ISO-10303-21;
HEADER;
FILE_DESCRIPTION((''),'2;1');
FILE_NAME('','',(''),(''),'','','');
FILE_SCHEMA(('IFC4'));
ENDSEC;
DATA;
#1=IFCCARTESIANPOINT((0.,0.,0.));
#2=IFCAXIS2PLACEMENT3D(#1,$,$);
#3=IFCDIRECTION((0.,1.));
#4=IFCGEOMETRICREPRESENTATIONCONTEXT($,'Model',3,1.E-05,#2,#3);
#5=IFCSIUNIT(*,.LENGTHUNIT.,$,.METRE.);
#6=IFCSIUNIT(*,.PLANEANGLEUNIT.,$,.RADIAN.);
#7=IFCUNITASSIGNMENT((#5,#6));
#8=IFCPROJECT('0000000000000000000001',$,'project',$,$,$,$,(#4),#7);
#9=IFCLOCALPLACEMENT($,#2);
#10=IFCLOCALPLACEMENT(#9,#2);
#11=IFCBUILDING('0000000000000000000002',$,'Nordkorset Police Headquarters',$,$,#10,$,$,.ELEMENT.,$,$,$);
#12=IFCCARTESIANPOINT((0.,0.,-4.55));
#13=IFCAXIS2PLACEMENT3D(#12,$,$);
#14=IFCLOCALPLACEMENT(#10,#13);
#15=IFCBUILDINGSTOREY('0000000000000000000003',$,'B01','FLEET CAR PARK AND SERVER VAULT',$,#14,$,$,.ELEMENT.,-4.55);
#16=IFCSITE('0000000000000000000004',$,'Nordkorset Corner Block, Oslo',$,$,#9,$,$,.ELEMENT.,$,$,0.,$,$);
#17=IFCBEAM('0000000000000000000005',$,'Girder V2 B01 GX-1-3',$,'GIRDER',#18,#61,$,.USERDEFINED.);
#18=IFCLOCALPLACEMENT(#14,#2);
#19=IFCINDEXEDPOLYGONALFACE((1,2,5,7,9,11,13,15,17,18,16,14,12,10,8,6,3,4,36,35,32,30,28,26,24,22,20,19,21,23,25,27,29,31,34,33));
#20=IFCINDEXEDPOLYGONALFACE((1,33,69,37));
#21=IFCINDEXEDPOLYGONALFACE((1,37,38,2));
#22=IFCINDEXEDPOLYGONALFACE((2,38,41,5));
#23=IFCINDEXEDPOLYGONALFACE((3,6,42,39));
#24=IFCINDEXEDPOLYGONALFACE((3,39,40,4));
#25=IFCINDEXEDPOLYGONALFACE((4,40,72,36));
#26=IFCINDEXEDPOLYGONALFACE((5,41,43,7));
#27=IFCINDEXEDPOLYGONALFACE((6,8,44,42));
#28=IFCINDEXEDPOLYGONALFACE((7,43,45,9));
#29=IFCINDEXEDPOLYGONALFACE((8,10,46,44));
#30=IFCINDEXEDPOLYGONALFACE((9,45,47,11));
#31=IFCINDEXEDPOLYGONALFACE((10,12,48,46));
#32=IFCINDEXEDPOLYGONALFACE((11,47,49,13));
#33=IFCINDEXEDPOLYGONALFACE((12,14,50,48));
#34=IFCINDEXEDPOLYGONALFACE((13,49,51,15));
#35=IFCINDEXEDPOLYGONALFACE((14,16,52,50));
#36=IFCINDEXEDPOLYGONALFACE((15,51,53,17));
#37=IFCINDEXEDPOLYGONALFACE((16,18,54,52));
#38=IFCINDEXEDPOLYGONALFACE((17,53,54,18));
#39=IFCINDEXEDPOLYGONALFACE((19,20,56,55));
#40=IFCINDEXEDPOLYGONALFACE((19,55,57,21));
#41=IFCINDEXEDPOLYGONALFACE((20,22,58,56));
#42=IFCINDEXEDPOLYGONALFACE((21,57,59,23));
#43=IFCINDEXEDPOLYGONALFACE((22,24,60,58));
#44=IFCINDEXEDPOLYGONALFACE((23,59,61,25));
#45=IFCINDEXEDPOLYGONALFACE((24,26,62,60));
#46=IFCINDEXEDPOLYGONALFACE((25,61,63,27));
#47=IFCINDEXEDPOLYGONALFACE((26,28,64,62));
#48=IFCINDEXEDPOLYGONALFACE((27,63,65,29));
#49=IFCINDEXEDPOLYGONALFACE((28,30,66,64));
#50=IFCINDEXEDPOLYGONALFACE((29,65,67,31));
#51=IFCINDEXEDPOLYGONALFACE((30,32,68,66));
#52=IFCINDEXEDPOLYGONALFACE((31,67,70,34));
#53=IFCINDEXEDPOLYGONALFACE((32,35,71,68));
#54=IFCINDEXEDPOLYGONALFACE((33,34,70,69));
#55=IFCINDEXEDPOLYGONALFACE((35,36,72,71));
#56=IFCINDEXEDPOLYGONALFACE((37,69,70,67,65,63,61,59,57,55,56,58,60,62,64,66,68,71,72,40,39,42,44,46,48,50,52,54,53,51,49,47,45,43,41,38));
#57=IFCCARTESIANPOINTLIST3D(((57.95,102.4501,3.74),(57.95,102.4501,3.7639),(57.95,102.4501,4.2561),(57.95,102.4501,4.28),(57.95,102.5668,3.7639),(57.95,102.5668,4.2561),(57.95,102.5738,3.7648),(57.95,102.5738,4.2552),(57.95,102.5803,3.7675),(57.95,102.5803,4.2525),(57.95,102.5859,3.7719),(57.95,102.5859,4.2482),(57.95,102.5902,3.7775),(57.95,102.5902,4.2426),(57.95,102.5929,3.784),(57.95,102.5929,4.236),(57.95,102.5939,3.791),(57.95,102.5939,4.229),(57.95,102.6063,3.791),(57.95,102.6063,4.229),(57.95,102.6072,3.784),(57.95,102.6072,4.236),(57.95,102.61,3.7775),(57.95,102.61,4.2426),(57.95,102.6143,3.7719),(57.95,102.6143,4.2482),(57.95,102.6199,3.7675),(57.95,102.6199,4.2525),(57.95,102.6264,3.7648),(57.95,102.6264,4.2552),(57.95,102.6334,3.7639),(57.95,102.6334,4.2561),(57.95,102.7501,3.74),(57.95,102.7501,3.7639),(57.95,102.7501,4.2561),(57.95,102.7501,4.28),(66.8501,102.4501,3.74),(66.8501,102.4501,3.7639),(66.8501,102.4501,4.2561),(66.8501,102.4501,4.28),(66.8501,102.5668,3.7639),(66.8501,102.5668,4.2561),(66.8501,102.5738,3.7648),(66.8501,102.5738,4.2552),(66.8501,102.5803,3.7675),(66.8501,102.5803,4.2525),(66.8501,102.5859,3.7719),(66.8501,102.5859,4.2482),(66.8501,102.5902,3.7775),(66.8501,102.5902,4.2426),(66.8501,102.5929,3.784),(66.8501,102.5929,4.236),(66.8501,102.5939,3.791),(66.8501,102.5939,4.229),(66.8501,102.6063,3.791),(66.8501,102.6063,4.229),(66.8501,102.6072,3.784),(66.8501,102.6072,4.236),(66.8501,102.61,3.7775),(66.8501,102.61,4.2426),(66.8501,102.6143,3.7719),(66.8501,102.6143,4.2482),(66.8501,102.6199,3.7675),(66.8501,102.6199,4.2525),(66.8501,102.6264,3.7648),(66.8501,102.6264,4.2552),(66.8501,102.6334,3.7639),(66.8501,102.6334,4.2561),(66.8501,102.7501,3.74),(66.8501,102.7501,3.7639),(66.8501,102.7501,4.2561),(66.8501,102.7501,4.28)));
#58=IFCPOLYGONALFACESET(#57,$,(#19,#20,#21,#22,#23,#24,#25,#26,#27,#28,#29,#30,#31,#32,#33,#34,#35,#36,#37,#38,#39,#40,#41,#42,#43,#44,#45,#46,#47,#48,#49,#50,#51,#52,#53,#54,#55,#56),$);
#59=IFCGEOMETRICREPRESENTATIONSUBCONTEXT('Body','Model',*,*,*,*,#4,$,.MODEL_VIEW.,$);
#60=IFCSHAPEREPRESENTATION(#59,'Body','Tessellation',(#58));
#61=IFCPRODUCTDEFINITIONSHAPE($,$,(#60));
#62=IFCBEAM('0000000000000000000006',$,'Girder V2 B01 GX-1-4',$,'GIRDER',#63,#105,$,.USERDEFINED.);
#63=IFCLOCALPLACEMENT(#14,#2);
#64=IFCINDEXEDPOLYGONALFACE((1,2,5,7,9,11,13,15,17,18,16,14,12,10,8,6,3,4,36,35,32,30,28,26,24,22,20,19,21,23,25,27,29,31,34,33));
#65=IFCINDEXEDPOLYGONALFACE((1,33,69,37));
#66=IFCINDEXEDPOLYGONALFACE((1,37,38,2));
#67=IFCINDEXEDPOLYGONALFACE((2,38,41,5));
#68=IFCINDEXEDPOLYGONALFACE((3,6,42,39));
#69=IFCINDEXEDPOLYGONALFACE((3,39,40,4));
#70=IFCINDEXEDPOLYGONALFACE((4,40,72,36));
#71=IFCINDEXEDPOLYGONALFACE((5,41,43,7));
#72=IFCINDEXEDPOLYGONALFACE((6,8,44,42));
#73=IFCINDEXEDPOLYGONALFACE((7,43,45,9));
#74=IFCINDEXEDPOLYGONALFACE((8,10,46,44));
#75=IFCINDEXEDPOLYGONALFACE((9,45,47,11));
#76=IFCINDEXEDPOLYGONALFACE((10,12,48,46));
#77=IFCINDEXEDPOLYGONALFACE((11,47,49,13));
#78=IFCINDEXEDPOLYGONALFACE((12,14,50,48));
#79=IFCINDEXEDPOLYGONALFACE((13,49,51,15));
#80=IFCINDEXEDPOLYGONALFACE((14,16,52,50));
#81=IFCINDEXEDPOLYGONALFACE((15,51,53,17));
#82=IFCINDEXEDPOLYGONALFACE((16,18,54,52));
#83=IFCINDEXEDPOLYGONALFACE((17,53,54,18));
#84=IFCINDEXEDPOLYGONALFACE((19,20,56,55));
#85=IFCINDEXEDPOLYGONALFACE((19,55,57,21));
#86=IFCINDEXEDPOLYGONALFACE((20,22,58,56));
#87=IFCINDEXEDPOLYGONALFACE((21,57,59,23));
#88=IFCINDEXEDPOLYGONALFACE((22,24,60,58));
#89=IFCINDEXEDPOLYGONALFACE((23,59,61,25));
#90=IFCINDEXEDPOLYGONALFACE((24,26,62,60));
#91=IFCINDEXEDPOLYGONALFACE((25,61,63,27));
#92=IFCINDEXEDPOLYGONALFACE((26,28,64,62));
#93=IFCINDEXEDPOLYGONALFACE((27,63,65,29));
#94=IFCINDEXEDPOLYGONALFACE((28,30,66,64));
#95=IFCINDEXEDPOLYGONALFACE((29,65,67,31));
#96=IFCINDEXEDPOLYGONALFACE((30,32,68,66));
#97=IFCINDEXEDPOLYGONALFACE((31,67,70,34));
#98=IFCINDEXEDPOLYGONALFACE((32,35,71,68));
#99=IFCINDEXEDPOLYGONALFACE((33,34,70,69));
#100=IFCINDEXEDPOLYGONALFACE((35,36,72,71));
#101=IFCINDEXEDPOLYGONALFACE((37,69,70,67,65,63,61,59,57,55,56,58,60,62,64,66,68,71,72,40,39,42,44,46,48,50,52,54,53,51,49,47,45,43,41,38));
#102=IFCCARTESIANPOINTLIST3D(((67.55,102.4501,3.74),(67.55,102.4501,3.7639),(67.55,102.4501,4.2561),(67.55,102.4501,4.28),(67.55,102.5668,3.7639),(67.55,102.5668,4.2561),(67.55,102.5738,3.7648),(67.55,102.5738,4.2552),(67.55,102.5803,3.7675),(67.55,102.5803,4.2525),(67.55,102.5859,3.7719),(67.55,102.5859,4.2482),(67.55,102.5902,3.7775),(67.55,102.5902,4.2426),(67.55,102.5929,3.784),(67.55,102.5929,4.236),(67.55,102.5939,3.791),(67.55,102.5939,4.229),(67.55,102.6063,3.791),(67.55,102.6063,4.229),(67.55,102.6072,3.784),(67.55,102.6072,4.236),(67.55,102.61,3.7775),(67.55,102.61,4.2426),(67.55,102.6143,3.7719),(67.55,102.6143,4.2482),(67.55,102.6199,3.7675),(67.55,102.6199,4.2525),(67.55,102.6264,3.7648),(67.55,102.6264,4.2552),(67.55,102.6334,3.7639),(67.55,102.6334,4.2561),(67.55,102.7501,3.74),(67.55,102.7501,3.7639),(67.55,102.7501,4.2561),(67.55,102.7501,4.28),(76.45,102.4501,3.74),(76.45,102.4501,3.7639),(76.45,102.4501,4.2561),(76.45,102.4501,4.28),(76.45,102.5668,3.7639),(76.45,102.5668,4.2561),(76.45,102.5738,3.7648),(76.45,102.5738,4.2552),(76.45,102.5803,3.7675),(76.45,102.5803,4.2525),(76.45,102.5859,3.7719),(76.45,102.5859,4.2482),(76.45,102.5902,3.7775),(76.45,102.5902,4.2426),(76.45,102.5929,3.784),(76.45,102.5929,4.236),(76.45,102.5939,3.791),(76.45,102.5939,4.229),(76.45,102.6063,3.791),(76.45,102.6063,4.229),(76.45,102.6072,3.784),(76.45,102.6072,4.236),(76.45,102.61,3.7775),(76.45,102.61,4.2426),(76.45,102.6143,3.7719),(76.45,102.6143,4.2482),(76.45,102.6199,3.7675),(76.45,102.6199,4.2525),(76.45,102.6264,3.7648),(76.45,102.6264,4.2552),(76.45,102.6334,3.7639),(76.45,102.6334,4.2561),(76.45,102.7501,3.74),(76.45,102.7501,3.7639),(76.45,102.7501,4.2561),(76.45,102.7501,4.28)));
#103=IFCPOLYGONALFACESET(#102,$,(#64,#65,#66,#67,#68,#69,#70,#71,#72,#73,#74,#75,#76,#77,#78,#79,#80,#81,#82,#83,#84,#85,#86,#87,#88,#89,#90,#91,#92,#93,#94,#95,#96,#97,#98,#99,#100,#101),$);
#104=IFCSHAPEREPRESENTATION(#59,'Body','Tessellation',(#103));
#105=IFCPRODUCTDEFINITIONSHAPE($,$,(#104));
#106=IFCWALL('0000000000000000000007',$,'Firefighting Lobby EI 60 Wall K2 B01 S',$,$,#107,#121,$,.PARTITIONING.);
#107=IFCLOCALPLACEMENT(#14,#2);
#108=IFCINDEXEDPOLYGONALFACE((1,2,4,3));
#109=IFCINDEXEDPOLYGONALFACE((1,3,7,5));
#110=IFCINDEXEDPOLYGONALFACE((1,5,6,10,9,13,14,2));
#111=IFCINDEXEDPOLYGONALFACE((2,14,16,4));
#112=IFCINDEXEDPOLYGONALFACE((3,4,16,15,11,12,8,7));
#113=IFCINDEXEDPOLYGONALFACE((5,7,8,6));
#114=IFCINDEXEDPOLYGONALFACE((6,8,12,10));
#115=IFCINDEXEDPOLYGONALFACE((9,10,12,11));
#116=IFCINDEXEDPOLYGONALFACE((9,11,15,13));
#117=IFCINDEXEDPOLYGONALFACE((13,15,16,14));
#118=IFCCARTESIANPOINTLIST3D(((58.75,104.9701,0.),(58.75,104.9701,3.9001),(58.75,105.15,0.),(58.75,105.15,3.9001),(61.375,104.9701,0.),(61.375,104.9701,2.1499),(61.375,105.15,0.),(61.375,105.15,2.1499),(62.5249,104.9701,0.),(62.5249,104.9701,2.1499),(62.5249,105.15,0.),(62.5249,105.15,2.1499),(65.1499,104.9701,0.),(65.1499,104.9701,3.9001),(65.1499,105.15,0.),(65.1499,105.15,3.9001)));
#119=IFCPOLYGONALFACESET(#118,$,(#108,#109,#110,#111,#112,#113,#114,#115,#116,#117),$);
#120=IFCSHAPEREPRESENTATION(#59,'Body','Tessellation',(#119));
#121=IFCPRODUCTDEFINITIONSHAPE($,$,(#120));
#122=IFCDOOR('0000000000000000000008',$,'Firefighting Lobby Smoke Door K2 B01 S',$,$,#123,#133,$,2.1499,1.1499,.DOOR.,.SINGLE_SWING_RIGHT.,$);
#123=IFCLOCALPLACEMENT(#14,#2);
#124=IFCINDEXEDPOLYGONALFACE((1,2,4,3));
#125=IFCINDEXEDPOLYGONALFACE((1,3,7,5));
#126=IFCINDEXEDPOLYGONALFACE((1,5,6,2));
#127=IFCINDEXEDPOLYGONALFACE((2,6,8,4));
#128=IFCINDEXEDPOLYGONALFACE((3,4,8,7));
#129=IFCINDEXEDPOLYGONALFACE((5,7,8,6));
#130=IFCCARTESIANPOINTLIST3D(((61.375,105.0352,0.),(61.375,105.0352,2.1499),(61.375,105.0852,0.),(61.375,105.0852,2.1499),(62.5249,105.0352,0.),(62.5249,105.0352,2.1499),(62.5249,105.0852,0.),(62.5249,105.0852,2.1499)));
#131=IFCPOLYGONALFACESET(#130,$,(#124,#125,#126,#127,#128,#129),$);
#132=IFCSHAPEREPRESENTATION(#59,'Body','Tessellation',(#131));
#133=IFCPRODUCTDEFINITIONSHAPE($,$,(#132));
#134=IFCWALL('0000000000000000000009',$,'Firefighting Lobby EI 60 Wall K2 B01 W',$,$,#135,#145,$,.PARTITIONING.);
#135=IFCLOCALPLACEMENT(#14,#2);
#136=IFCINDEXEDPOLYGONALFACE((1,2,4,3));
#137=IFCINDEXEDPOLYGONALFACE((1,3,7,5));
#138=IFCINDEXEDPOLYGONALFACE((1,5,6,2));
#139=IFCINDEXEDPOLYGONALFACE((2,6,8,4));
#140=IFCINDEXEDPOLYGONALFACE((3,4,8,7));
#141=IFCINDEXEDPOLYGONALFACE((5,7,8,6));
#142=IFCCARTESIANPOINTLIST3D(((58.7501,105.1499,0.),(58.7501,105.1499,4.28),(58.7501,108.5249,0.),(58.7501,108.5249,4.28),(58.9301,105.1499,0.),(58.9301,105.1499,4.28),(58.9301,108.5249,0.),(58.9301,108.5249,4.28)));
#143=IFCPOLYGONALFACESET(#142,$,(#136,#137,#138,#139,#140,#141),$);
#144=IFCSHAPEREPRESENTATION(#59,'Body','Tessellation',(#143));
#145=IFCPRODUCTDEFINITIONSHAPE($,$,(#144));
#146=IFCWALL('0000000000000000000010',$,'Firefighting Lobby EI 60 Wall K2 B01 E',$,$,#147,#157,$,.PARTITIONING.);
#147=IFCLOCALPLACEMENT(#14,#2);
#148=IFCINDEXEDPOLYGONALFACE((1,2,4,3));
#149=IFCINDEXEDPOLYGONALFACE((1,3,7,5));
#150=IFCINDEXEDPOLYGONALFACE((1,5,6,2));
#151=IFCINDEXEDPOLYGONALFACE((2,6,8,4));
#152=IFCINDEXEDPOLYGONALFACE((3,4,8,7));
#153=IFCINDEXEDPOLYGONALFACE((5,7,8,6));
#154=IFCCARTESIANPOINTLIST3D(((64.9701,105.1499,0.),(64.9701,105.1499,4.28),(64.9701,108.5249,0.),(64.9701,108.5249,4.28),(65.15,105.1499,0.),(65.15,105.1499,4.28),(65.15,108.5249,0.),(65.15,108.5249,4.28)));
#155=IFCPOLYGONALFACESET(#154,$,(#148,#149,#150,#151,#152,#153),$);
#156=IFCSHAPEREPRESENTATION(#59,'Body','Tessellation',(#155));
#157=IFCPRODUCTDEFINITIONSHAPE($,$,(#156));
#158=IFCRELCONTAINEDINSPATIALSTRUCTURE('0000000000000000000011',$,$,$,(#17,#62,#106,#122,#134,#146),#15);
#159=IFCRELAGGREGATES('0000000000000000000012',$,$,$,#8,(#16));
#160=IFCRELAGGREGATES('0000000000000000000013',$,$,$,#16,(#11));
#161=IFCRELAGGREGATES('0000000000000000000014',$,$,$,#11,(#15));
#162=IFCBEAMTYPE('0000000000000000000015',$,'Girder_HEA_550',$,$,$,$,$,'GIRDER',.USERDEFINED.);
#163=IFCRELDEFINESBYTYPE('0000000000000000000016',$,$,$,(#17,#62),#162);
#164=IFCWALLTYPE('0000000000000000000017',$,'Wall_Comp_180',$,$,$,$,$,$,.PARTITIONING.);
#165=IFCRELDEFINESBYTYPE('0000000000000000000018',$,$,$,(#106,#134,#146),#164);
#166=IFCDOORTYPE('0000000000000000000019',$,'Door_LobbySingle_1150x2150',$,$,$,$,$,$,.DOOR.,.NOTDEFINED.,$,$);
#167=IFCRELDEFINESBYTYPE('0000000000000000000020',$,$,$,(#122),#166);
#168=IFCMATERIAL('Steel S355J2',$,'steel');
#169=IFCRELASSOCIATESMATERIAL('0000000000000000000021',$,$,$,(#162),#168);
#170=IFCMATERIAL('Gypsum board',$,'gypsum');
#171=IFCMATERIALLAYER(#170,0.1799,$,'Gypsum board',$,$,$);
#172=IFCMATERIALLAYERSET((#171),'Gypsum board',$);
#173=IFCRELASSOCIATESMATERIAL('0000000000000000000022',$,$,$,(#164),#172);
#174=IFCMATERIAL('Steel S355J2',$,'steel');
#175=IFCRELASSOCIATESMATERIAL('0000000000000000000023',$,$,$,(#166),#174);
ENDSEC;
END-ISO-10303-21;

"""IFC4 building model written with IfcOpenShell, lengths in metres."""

from ifc_helpers import new_model, si_unit, direction, frame, frame_2d, origin, origin_2d, place, context, subcontext, project, spatial, rectangle, i_section, extrude, material, layer, layer_set, material_profile, profile_set, type_object, element, fill, save


model = new_model("IFC4")

# Units and contexts
model_context = context("Model", 3, precision=1e-05, world=origin(), true_north=direction((0.0, 1.0)))
body_context = subcontext(model_context, "Body", "Model", "MODEL_VIEW")
ifc_project = project(units=[si_unit("LENGTHUNIT", "METRE"), si_unit("PLANEANGLEUNIT", "RADIAN")], contexts=[model_context])

# Site, building, storey
site_placement = place(None, origin())
site = spatial("IfcSite", under=ifc_project, at=site_placement, Name="Nordkorset Corner Block, Oslo", CompositionType="ELEMENT", RefElevation=0.0)
building_placement = place(site_placement, origin())
building = spatial("IfcBuilding", under=site, at=building_placement, Name="Nordkorset Police Headquarters", CompositionType="ELEMENT")
storey_placement = place(building_placement, frame((0.0, 0.0, -4.55)))
storey = spatial("IfcBuildingStorey", under=building, at=storey_placement, Name="B01", Description="FLEET CAR PARK AND SERVER VAULT", CompositionType="ELEMENT", Elevation=-4.55)

# Beams
ifc_material_1 = material(Name="Steel S355J2", Category="steel")
ifc_material_profile_1 = material_profile(ifc_material_1, i_section(OverallWidth=0.3, OverallDepth=0.54, WebThickness=0.0125, FlangeThickness=0.0239, FilletRadius=0.0271, at=origin_2d()), Name="HEA 550")
ifc_profile_set_1 = profile_set([ifc_material_profile_1], Name="Steel S355J2")
beam_type_1 = type_object("IfcBeamType", Name="Girder_HEA_550", ElementType="GIRDER", PredefinedType="USERDEFINED", material=ifc_profile_set_1)
beam_1_placement = place(storey_placement, frame((57.95, 102.6001, 4.01), z_axis=(1.0, 0.0, 0.0), x_axis=(0.0, 1.0, 0.0)))
element("IfcBeam", 1, at=beam_1_placement, inside=storey, type_object=beam_type_1, Name="Girder V2 B01 GX-1-3", ObjectType="GIRDER", PredefinedType="USERDEFINED", context=body_context, shape_type="SweptSolid", body=[
    extrude(i_section(OverallWidth=0.3, OverallDepth=0.54, WebThickness=0.0125, FlangeThickness=0.0239, FilletRadius=0.0271, at=origin_2d()), origin(), (0.0, 0.0, 1.0), 8.9001),
])
beam_2_placement = place(storey_placement, frame((67.55, 102.6001, 4.01), z_axis=(1.0, 0.0, 0.0), x_axis=(0.0, 1.0, 0.0)))
element("IfcBeam", 2, at=beam_2_placement, inside=storey, type_object=beam_type_1, Name="Girder V2 B01 GX-1-4", ObjectType="GIRDER", PredefinedType="USERDEFINED", context=body_context, shape_type="SweptSolid", body=[
    extrude(i_section(OverallWidth=0.3, OverallDepth=0.54, WebThickness=0.0125, FlangeThickness=0.0239, FilletRadius=0.0271, at=origin_2d()), origin(), (0.0, 0.0, 1.0), 8.8999),
])

# Wall, opening, door
ifc_material_2 = material(Name="Gypsum board", Category="gypsum")
ifc_layer_1 = layer(ifc_material_2, 0.1799, Name="Gypsum board")
ifc_layer_set_1 = layer_set([ifc_layer_1], Name="Gypsum board")
wall_type_1 = type_object("IfcWallType", Name="Wall_Comp_180", PredefinedType="PARTITIONING", material=ifc_layer_set_1)
wall_1_placement = place(storey_placement, frame((58.75, 105.0601, 0.0), z_axis=(0.0, 0.0, 1.0), x_axis=(1.0, 0.0, 0.0)))
wall_1 = element("IfcWall", 3, at=wall_1_placement, inside=storey, type_object=wall_type_1, Name="Firefighting Lobby EI 60 Wall K2 B01 S", PredefinedType="PARTITIONING", context=body_context, shape_type="SweptSolid", body=[
    extrude(rectangle(XDim=6.3999, YDim=0.1799, at=frame_2d((3.2, 0.0))), origin(), (0.0, 0.0, 1.0), 3.9001),
])
opening_1_placement = place(wall_1_placement, frame((2.625, 0.0, 0.0)))
opening_1 = element("IfcOpeningElement", 4, at=opening_1_placement, cuts=wall_1, PredefinedType="OPENING", context=body_context, shape_type="SweptSolid", body=[
    extrude(rectangle(XDim=1.1499, YDim=2.1499, at=frame_2d((0.575, 1.075))), frame((0.0, 0.1001, 0.0), z_axis=(0.0, -1.0, 0.0), x_axis=(1.0, 0.0, 0.0)), (0.0, 0.0, 1.0), 0.2),
])
ifc_material_3 = material(Name="Steel S355J2", Category="steel")
door_type_1 = type_object("IfcDoorType", Name="Door_LobbySingle_1150x2150", OperationType="NOTDEFINED", PredefinedType="DOOR", material=ifc_material_3)
door_1_placement = place(opening_1_placement, frame((1.1499, 0.0, 0.0), z_axis=(0.0, 0.0, 1.0), x_axis=(-1.0, 0.0, 0.0)))
door_1 = element("IfcDoor", 5, at=door_1_placement, inside=storey, type_object=door_type_1, Name="Firefighting Lobby Smoke Door K2 B01 S", OperationType="SINGLE_SWING_RIGHT", OverallHeight=2.1499, OverallWidth=1.1499, PredefinedType="DOOR", context=body_context, shape_type="SweptSolid", body=[
    extrude(rectangle(XDim=1.1499, YDim=2.1499, at=frame_2d((0.575, 1.075))), frame((0.0, 0.0249, 0.0), z_axis=(0.0, -1.0, 0.0), x_axis=(1.0, 0.0, 0.0)), (0.0, 0.0, 1.0), 0.05),
])
fill(opening_1, door_1)

# Walls
for number, where, z_axis, x_axis, name in (
    (6, (58.8401, 105.1499, 0.0), (0.0, 0.0, 1.0), (0.0, 1.0, 0.0), "Firefighting Lobby EI 60 Wall K2 B01 W"),
    (7, (65.0601, 105.1499, 0.0), (0.0, 0.0, 1.0), (0.0, 1.0, 0.0), "Firefighting Lobby EI 60 Wall K2 B01 E"),
):
    element("IfcWall", number, at=place(storey_placement, frame(where, z_axis=z_axis, x_axis=x_axis)), inside=storey, type_object=wall_type_1, Name=name, PredefinedType="PARTITIONING", context=body_context, shape_type="SweptSolid", body=[
        extrude(rectangle(XDim=3.375, YDim=0.1799, at=frame_2d((1.6875, 0.0))), origin(), (0.0, 0.0, 1.0), 4.28),
    ])

save(model, "model.ifc")
